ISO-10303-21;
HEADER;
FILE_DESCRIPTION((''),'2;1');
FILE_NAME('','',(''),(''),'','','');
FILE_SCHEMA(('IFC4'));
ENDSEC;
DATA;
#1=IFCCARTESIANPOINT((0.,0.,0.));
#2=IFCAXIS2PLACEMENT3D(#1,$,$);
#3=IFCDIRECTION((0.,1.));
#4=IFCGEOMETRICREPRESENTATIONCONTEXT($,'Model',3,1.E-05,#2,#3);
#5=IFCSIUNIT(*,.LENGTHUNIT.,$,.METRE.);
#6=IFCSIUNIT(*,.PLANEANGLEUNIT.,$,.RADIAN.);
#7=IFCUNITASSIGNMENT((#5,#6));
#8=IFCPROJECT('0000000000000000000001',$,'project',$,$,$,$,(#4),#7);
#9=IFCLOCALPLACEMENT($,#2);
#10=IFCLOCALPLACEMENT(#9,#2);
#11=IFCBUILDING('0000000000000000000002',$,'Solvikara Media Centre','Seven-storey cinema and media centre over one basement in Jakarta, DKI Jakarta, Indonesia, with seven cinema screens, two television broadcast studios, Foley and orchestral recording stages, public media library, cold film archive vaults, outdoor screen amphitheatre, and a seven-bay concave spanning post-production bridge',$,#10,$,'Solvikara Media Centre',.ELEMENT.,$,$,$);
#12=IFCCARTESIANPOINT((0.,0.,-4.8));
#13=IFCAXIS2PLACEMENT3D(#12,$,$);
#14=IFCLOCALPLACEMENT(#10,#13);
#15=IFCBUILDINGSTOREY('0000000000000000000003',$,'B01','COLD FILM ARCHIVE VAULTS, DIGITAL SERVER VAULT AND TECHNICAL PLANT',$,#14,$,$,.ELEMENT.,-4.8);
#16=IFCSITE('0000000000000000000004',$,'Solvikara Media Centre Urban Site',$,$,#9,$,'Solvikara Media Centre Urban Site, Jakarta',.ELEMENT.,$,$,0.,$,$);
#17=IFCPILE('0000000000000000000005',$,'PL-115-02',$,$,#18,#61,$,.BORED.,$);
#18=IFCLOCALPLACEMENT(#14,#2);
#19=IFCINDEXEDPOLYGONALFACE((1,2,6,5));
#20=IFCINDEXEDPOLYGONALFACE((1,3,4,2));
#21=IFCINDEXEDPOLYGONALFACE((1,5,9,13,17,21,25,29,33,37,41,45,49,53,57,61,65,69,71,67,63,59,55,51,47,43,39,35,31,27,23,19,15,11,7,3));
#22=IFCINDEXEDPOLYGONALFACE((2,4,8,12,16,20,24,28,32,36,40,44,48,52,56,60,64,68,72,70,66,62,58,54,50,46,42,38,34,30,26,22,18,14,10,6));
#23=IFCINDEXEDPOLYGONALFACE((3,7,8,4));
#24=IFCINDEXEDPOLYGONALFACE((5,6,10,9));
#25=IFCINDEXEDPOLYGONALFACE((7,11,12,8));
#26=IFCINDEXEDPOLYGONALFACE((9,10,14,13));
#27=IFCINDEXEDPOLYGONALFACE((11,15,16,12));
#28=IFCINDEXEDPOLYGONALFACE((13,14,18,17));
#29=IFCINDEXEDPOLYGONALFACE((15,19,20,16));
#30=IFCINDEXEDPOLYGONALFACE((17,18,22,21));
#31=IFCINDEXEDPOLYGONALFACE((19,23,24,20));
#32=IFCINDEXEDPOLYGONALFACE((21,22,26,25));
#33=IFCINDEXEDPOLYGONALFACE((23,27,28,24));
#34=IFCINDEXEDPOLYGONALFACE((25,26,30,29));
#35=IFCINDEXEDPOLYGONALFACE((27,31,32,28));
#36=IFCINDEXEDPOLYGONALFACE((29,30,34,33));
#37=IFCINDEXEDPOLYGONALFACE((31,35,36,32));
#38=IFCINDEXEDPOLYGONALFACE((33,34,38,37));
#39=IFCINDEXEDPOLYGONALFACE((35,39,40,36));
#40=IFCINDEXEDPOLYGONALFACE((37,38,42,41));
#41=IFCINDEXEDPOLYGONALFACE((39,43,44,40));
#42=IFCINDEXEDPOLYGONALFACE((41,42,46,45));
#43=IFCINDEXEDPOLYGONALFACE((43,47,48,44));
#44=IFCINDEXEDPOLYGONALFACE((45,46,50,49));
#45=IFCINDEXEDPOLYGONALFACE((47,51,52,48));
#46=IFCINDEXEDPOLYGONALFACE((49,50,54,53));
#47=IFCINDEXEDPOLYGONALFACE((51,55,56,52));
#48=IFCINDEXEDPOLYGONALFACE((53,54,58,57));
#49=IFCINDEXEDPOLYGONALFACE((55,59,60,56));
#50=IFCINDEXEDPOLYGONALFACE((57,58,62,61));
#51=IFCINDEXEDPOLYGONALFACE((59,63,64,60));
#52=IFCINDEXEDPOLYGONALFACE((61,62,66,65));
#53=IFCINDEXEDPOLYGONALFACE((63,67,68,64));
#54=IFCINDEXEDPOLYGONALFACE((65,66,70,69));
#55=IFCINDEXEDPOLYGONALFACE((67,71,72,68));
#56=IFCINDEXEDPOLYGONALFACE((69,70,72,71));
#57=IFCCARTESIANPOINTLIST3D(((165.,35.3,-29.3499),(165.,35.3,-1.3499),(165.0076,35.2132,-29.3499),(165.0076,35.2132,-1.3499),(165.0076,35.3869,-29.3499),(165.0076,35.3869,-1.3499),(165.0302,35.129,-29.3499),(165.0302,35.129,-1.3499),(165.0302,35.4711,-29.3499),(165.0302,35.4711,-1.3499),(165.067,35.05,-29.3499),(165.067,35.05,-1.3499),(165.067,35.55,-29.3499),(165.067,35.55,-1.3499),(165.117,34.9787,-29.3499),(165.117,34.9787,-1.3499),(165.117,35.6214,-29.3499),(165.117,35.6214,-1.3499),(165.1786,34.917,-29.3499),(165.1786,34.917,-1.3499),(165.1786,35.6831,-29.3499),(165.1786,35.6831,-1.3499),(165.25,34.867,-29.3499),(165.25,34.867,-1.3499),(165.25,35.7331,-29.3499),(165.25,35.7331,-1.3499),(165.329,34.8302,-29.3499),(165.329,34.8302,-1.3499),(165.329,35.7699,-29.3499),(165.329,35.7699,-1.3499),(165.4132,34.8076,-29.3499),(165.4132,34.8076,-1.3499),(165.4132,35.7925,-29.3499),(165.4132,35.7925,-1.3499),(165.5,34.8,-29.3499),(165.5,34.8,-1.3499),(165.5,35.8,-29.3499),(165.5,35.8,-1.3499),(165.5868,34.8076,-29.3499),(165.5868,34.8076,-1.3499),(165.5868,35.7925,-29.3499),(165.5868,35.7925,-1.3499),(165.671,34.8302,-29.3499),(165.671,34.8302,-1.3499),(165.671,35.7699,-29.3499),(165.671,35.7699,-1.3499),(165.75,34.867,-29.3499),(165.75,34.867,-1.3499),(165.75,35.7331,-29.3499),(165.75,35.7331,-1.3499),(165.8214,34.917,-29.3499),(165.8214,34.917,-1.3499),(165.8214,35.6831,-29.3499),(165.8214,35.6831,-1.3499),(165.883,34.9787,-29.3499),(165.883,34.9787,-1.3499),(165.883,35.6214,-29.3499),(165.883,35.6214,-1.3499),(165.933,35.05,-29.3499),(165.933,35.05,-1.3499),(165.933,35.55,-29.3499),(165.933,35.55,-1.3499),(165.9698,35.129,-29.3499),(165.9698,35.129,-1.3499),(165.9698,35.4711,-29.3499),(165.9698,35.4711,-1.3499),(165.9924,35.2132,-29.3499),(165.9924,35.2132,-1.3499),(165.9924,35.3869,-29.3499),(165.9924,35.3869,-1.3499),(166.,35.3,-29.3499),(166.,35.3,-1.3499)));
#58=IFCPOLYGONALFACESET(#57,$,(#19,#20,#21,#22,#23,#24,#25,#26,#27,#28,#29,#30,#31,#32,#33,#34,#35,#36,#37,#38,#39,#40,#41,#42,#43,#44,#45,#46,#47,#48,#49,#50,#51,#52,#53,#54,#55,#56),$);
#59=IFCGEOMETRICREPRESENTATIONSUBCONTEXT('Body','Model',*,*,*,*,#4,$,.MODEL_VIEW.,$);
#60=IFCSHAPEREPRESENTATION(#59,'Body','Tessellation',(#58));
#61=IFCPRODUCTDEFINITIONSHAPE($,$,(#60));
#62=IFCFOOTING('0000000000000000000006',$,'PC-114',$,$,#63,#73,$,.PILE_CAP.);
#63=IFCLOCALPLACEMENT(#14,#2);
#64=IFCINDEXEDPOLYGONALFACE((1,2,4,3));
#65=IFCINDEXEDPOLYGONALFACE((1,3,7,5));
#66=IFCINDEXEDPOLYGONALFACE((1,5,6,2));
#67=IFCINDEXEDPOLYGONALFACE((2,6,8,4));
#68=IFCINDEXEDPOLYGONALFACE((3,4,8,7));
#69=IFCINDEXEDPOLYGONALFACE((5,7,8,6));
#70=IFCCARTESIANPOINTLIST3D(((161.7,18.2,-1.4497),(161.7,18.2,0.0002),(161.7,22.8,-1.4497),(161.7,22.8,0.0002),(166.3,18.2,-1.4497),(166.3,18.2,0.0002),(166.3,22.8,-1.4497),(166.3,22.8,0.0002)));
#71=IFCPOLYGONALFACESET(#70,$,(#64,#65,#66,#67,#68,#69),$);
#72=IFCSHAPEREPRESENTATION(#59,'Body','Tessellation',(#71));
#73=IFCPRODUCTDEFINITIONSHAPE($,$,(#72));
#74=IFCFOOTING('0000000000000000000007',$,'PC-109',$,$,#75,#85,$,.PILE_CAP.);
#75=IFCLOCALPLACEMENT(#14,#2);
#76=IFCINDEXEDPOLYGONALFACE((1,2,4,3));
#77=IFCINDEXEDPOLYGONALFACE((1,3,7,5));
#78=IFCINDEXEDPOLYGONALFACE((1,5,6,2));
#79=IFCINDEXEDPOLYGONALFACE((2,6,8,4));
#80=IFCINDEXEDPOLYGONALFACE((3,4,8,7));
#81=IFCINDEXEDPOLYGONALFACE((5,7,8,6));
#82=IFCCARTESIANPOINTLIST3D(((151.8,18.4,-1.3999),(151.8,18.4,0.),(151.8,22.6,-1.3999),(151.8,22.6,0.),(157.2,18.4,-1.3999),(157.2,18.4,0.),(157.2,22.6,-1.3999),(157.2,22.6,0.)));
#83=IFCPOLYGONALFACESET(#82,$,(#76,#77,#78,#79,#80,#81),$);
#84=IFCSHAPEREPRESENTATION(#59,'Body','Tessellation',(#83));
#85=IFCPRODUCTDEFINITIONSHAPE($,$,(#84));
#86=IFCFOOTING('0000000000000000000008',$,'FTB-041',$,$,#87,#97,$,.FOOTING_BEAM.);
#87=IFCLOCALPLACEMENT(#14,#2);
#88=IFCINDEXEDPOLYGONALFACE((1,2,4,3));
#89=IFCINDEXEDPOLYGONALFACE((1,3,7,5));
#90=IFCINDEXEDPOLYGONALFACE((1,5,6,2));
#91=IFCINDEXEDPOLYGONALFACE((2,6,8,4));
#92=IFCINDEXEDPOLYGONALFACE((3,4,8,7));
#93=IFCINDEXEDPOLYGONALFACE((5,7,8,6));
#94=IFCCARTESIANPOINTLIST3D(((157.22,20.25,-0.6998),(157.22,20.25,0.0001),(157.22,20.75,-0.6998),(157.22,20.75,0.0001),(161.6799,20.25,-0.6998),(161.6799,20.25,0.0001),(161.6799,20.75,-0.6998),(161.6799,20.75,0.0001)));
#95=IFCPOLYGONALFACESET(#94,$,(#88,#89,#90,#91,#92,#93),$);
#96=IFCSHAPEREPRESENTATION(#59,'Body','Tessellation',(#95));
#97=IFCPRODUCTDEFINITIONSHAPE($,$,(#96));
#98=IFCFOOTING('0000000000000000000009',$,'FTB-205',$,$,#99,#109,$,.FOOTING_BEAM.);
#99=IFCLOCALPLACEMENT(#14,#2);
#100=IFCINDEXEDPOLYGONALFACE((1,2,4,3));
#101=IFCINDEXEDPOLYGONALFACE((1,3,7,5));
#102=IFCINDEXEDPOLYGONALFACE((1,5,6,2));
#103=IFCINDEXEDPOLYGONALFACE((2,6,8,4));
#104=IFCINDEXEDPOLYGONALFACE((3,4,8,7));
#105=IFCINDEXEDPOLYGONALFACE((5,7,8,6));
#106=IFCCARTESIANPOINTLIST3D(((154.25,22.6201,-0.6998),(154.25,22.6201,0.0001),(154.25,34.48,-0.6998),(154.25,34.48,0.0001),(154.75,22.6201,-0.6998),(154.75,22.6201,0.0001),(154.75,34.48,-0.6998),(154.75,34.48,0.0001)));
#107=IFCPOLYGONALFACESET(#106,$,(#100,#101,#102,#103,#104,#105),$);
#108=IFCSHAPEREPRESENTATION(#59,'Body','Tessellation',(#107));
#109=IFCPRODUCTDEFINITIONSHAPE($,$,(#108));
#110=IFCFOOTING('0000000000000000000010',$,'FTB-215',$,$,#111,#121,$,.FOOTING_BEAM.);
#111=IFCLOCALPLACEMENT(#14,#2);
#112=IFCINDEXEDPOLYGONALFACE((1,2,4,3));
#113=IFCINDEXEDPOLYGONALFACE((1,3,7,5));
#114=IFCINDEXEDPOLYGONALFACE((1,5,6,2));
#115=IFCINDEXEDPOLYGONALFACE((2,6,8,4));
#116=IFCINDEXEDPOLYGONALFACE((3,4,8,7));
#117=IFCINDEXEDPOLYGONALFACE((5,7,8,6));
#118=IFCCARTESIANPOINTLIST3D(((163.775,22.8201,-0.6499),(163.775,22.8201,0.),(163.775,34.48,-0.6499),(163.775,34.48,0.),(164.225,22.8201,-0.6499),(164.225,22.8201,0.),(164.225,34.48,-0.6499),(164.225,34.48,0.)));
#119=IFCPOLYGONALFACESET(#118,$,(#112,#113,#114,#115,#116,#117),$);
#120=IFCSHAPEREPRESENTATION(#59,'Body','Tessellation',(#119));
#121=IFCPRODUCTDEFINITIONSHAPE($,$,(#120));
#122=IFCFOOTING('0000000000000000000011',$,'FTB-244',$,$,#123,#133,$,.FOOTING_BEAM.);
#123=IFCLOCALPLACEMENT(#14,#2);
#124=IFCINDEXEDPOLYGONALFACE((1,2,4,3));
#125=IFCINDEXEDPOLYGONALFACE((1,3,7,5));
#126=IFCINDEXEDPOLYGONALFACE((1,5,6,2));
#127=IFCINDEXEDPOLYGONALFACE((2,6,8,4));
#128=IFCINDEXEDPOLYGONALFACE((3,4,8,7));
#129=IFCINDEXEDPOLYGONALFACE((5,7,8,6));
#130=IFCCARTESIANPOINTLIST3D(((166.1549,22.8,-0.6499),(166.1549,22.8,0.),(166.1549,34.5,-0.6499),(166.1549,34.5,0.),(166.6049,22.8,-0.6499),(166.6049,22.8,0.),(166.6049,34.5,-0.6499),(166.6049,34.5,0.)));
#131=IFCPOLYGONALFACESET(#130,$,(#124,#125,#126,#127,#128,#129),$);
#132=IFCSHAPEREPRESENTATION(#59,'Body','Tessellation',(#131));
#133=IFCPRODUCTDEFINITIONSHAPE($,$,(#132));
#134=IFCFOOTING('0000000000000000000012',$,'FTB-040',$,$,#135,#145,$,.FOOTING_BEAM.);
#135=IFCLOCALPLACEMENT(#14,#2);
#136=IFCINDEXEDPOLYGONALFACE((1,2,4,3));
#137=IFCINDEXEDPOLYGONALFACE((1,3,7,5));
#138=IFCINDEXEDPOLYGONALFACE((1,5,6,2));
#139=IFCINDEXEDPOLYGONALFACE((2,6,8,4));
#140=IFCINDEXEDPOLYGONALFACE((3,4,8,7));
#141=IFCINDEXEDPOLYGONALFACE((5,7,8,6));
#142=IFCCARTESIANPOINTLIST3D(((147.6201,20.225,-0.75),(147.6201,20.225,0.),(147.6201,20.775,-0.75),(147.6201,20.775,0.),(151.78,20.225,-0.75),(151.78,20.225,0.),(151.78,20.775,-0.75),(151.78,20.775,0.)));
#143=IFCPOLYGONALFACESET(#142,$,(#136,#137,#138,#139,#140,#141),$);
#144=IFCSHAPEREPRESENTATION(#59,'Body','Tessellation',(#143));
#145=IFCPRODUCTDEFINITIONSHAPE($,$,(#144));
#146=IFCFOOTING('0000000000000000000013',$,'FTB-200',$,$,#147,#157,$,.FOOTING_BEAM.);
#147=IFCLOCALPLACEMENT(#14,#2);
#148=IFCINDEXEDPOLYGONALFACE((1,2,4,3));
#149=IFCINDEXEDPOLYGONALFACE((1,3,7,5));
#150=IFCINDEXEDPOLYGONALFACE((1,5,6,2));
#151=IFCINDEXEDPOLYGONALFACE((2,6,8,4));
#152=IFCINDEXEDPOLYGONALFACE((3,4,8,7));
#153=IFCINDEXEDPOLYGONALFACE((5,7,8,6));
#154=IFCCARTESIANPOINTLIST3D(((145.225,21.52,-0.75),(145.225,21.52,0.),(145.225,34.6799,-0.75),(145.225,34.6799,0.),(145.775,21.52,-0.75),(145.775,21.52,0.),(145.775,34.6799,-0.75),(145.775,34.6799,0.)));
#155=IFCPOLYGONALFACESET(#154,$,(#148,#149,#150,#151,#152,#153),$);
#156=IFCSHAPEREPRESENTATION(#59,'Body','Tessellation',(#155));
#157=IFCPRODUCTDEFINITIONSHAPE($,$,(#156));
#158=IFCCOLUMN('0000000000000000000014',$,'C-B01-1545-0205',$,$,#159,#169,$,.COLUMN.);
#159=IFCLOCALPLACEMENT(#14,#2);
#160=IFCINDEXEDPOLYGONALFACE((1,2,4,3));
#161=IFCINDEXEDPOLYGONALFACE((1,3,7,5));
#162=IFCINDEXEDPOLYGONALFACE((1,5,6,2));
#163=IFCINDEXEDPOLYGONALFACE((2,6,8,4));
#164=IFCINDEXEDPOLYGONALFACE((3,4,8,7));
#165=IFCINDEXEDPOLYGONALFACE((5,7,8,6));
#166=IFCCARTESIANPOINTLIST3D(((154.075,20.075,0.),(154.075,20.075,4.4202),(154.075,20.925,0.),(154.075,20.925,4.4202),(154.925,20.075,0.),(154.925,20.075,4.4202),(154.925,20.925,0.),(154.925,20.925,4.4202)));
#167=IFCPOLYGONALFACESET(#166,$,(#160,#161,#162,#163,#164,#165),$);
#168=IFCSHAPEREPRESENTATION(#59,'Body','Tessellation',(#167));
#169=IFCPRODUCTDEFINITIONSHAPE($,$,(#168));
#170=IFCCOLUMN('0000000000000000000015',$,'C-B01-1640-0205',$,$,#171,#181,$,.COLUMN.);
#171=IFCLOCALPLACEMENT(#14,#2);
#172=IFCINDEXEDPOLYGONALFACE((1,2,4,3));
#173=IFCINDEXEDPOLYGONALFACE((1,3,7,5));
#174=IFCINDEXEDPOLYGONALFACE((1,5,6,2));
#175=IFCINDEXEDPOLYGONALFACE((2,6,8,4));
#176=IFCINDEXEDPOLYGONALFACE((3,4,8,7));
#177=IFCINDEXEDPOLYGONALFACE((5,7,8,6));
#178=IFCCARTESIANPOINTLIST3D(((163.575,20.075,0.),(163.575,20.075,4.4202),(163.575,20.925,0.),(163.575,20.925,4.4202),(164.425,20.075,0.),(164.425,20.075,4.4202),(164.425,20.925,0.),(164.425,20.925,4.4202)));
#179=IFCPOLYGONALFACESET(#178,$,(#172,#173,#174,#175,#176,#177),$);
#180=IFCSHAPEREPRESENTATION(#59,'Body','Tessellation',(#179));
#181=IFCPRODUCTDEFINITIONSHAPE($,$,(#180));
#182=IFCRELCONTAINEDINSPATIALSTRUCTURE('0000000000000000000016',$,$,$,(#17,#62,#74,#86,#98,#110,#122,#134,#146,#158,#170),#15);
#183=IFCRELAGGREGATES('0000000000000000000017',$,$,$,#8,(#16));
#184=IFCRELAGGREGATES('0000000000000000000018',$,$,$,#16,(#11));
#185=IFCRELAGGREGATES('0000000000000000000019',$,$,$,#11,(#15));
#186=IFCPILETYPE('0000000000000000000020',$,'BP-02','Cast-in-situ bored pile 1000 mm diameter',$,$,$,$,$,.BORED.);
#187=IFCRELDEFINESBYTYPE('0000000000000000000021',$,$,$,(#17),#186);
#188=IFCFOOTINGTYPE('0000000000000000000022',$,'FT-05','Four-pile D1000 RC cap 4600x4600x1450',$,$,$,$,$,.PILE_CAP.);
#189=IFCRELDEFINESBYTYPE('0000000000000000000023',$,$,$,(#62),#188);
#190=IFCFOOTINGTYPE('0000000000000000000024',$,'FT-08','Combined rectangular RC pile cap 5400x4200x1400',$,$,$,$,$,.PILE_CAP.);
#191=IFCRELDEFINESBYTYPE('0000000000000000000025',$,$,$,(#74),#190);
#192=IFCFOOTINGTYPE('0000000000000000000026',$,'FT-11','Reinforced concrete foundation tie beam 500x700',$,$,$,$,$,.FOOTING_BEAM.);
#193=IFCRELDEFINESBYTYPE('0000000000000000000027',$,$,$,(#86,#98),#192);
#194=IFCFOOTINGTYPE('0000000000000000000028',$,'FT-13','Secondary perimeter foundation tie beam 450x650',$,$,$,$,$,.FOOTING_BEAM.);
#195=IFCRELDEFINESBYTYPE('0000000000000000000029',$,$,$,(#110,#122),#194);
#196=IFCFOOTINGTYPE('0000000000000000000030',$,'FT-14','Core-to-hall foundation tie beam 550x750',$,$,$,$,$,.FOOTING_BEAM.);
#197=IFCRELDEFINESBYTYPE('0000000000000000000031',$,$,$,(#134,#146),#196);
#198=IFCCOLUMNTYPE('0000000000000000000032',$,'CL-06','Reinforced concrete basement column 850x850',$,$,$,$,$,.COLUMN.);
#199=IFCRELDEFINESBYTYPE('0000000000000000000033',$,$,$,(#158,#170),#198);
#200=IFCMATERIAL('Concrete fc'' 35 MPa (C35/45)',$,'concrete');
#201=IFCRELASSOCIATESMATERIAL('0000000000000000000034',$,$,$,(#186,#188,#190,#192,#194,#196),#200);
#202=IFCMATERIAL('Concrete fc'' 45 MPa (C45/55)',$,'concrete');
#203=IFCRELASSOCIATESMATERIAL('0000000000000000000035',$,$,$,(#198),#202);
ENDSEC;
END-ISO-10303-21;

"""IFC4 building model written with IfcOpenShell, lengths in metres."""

from ifc_helpers import new_model, si_unit, direction, frame, origin, origin_2d, place, context, subcontext, project, spatial, rectangle, circle, extrude, material, material_profile, profile_set, type_object, element, save


model = new_model("IFC4")

# Units and contexts
model_context = context("Model", 3, precision=1e-05, world=origin(), true_north=direction((0.0, 1.0)))
body_context = subcontext(model_context, "Body", "Model", "MODEL_VIEW")
ifc_project = project(units=[si_unit("LENGTHUNIT", "METRE"), si_unit("PLANEANGLEUNIT", "RADIAN")], contexts=[model_context])

# Site, building, storey
site_placement = place(None, origin())
site = spatial("IfcSite", under=ifc_project, at=site_placement, Name="Solvikara Media Centre Urban Site", LongName="Solvikara Media Centre Urban Site, Jakarta", CompositionType="ELEMENT", RefElevation=0.0)
building_placement = place(site_placement, origin())
building = spatial("IfcBuilding", under=site, at=building_placement, Name="Solvikara Media Centre", Description="Seven-storey cinema and media centre over one basement in Jakarta, DKI Jakarta, Indonesia, with seven cinema screens, two television broadcast studios, Foley and orchestral recording stages, public media library, cold film archive vaults, outdoor screen amphitheatre, and a seven-bay concave spanning post-production bridge", LongName="Solvikara Media Centre", CompositionType="ELEMENT")
storey_placement = place(building_placement, frame((0.0, 0.0, -4.8)))
storey = spatial("IfcBuildingStorey", under=building, at=storey_placement, Name="B01", Description="COLD FILM ARCHIVE VAULTS, DIGITAL SERVER VAULT AND TECHNICAL PLANT", CompositionType="ELEMENT", Elevation=-4.8)

# Pile
ifc_material_1 = material(Name="Concrete fc' 35 MPa (C35/45)", Category="concrete")
ifc_material_profile_1 = material_profile(ifc_material_1, circle(Radius=0.5, at=origin_2d()), Name="BORED PILE D1000")
ifc_profile_set_1 = profile_set([ifc_material_profile_1], Name="Concrete fc' 35 MPa (C35/45)")
pile_type_1 = type_object("IfcPileType", Name="BP-02", Description="Cast-in-situ bored pile 1000 mm diameter", PredefinedType="BORED", material=ifc_profile_set_1)
for number, where, z_axis, x_axis, name in (
    (1, (165.5, 35.3, -1.3499), (0.0, 0.0, -1.0), (1.0, 0.0, 0.0), "PL-115-02"),
):
    element("IfcPile", number, at=place(storey_placement, frame(where, z_axis=z_axis, x_axis=x_axis)), inside=storey, type_object=pile_type_1, Name=name, PredefinedType="BORED", context=body_context, shape_type="SweptSolid", body=[
        extrude(circle(Radius=0.5, at=origin_2d()), origin(), (0.0, 0.0, 1.0), 28.0),
    ])

# Footings
footing_type_1 = type_object("IfcFootingType", Name="FT-05", Description="Four-pile D1000 RC cap 4600x4600x1450", PredefinedType="PILE_CAP", material=ifc_material_1)
footing_1_placement = place(storey_placement, frame((164.0, 20.5, -1.4497), z_axis=(0.0, 0.0, 1.0), x_axis=(1.0, 0.0, 0.0)))
element("IfcFooting", 2, at=footing_1_placement, inside=storey, type_object=footing_type_1, Name="PC-114", PredefinedType="PILE_CAP", context=body_context, shape_type="SweptSolid", body=[
    extrude(rectangle(XDim=4.6001, YDim=4.6001, at=origin_2d()), origin(), (0.0, 0.0, 1.0), 1.45),
])
footing_type_2 = type_object("IfcFootingType", Name="FT-08", Description="Combined rectangular RC pile cap 5400x4200x1400", PredefinedType="PILE_CAP", material=ifc_material_1)
footing_2_placement = place(storey_placement, frame((154.5, 20.5, -1.3999), z_axis=(0.0, 0.0, 1.0), x_axis=(1.0, 0.0, 0.0)))
element("IfcFooting", 3, at=footing_2_placement, inside=storey, type_object=footing_type_2, Name="PC-109", PredefinedType="PILE_CAP", context=body_context, shape_type="SweptSolid", body=[
    extrude(rectangle(XDim=5.3999, YDim=4.2, at=origin_2d()), origin(), (0.0, 0.0, 1.0), 1.3999),
])
ifc_material_profile_2 = material_profile(ifc_material_1, rectangle(XDim=0.5, YDim=0.7, at=origin_2d()), Name="RC 500x700")
ifc_profile_set_2 = profile_set([ifc_material_profile_2], Name="Concrete fc' 35 MPa (C35/45)")
footing_type_3 = type_object("IfcFootingType", Name="FT-11", Description="Reinforced concrete foundation tie beam 500x700", PredefinedType="FOOTING_BEAM", material=ifc_profile_set_2)
footing_3_placement = place(storey_placement, frame((157.22, 20.5, -0.3499), z_axis=(1.0, 0.0, 0.0), x_axis=(0.0, 1.0, 0.0)))
element("IfcFooting", 4, at=footing_3_placement, inside=storey, type_object=footing_type_3, Name="FTB-041", PredefinedType="FOOTING_BEAM", context=body_context, shape_type="SweptSolid", body=[
    extrude(rectangle(XDim=0.5, YDim=0.7, at=origin_2d()), origin(), (0.0, 0.0, 1.0), 4.46),
])
footing_4_placement = place(storey_placement, frame((154.5, 22.6201, -0.3499), z_axis=(0.0, 1.0, 0.0), x_axis=(-1.0, 0.0, 0.0)))
element("IfcFooting", 5, at=footing_4_placement, inside=storey, type_object=footing_type_3, Name="FTB-205", PredefinedType="FOOTING_BEAM", context=body_context, shape_type="SweptSolid", body=[
    extrude(rectangle(XDim=0.5, YDim=0.7, at=origin_2d()), origin(), (0.0, 0.0, 1.0), 11.8599),
])
ifc_material_profile_3 = material_profile(ifc_material_1, rectangle(XDim=0.45, YDim=0.6499, at=origin_2d()), Name="RC 450x650")
ifc_profile_set_3 = profile_set([ifc_material_profile_3], Name="Concrete fc' 35 MPa (C35/45)")
footing_type_4 = type_object("IfcFootingType", Name="FT-13", Description="Secondary perimeter foundation tie beam 450x650", PredefinedType="FOOTING_BEAM", material=ifc_profile_set_3)
footing_5_placement = place(storey_placement, frame((164.0, 22.8201, -0.325), z_axis=(0.0, 1.0, 0.0), x_axis=(-1.0, 0.0, 0.0)))
element("IfcFooting", 6, at=footing_5_placement, inside=storey, type_object=footing_type_4, Name="FTB-215", PredefinedType="FOOTING_BEAM", context=body_context, shape_type="SweptSolid", body=[
    extrude(rectangle(XDim=0.45, YDim=0.6499, at=origin_2d()), origin(), (0.0, 0.0, 1.0), 11.6599),
])
footing_6_placement = place(storey_placement, frame((166.3799, 22.8, -0.325), z_axis=(0.0, 1.0, 0.0), x_axis=(-1.0, 0.0, 0.0)))
element("IfcFooting", 7, at=footing_6_placement, inside=storey, type_object=footing_type_4, Name="FTB-244", PredefinedType="FOOTING_BEAM", context=body_context, shape_type="SweptSolid", body=[
    extrude(rectangle(XDim=0.45, YDim=0.6499, at=origin_2d()), origin(), (0.0, 0.0, 1.0), 11.7),
])
ifc_material_profile_4 = material_profile(ifc_material_1, rectangle(XDim=0.55, YDim=0.75, at=origin_2d()), Name="RC 550x750")
ifc_profile_set_4 = profile_set([ifc_material_profile_4], Name="Concrete fc' 35 MPa (C35/45)")
footing_type_5 = type_object("IfcFootingType", Name="FT-14", Description="Core-to-hall foundation tie beam 550x750", PredefinedType="FOOTING_BEAM", material=ifc_profile_set_4)
footing_7_placement = place(storey_placement, frame((147.6201, 20.5, -0.375), z_axis=(1.0, 0.0, 0.0), x_axis=(0.0, 1.0, 0.0)))
element("IfcFooting", 8, at=footing_7_placement, inside=storey, type_object=footing_type_5, Name="FTB-040", PredefinedType="FOOTING_BEAM", context=body_context, shape_type="SweptSolid", body=[
    extrude(rectangle(XDim=0.55, YDim=0.75, at=origin_2d()), origin(), (0.0, 0.0, 1.0), 4.1599),
])
footing_8_placement = place(storey_placement, frame((145.5, 21.52, -0.375), z_axis=(0.0, 1.0, 0.0), x_axis=(-1.0, 0.0, 0.0)))
element("IfcFooting", 9, at=footing_8_placement, inside=storey, type_object=footing_type_5, Name="FTB-200", PredefinedType="FOOTING_BEAM", context=body_context, shape_type="SweptSolid", body=[
    extrude(rectangle(XDim=0.55, YDim=0.75, at=origin_2d()), origin(), (0.0, 0.0, 1.0), 13.1599),
])

# Columns
ifc_material_2 = material(Name="Concrete fc' 45 MPa (C45/55)", Category="concrete")
ifc_material_profile_5 = material_profile(ifc_material_2, rectangle(XDim=0.8501, YDim=0.8501, at=origin_2d()), Name="RC 850x850")
ifc_profile_set_5 = profile_set([ifc_material_profile_5], Name="Concrete fc' 45 MPa (C45/55)")
column_type = type_object("IfcColumnType", Name="CL-06", Description="Reinforced concrete basement column 850x850", PredefinedType="COLUMN", material=ifc_profile_set_5)
for number, where, z_axis, x_axis, name in (
    (10, (154.5, 20.5, 0.0), (0.0, 0.0, 1.0), (1.0, 0.0, 0.0), "C-B01-1545-0205"),
    (11, (164.0, 20.5, 0.0), (0.0, 0.0, 1.0), (1.0, 0.0, 0.0), "C-B01-1640-0205"),
):
    element("IfcColumn", number, at=place(storey_placement, frame(where, z_axis=z_axis, x_axis=x_axis)), inside=storey, type_object=column_type, Name=name, PredefinedType="COLUMN", context=body_context, shape_type="SweptSolid", body=[
        extrude(rectangle(XDim=0.8501, YDim=0.8501, at=origin_2d()), origin(), (0.0, 0.0, 1.0), 4.4202),
    ])

save(model, "model.ifc")
